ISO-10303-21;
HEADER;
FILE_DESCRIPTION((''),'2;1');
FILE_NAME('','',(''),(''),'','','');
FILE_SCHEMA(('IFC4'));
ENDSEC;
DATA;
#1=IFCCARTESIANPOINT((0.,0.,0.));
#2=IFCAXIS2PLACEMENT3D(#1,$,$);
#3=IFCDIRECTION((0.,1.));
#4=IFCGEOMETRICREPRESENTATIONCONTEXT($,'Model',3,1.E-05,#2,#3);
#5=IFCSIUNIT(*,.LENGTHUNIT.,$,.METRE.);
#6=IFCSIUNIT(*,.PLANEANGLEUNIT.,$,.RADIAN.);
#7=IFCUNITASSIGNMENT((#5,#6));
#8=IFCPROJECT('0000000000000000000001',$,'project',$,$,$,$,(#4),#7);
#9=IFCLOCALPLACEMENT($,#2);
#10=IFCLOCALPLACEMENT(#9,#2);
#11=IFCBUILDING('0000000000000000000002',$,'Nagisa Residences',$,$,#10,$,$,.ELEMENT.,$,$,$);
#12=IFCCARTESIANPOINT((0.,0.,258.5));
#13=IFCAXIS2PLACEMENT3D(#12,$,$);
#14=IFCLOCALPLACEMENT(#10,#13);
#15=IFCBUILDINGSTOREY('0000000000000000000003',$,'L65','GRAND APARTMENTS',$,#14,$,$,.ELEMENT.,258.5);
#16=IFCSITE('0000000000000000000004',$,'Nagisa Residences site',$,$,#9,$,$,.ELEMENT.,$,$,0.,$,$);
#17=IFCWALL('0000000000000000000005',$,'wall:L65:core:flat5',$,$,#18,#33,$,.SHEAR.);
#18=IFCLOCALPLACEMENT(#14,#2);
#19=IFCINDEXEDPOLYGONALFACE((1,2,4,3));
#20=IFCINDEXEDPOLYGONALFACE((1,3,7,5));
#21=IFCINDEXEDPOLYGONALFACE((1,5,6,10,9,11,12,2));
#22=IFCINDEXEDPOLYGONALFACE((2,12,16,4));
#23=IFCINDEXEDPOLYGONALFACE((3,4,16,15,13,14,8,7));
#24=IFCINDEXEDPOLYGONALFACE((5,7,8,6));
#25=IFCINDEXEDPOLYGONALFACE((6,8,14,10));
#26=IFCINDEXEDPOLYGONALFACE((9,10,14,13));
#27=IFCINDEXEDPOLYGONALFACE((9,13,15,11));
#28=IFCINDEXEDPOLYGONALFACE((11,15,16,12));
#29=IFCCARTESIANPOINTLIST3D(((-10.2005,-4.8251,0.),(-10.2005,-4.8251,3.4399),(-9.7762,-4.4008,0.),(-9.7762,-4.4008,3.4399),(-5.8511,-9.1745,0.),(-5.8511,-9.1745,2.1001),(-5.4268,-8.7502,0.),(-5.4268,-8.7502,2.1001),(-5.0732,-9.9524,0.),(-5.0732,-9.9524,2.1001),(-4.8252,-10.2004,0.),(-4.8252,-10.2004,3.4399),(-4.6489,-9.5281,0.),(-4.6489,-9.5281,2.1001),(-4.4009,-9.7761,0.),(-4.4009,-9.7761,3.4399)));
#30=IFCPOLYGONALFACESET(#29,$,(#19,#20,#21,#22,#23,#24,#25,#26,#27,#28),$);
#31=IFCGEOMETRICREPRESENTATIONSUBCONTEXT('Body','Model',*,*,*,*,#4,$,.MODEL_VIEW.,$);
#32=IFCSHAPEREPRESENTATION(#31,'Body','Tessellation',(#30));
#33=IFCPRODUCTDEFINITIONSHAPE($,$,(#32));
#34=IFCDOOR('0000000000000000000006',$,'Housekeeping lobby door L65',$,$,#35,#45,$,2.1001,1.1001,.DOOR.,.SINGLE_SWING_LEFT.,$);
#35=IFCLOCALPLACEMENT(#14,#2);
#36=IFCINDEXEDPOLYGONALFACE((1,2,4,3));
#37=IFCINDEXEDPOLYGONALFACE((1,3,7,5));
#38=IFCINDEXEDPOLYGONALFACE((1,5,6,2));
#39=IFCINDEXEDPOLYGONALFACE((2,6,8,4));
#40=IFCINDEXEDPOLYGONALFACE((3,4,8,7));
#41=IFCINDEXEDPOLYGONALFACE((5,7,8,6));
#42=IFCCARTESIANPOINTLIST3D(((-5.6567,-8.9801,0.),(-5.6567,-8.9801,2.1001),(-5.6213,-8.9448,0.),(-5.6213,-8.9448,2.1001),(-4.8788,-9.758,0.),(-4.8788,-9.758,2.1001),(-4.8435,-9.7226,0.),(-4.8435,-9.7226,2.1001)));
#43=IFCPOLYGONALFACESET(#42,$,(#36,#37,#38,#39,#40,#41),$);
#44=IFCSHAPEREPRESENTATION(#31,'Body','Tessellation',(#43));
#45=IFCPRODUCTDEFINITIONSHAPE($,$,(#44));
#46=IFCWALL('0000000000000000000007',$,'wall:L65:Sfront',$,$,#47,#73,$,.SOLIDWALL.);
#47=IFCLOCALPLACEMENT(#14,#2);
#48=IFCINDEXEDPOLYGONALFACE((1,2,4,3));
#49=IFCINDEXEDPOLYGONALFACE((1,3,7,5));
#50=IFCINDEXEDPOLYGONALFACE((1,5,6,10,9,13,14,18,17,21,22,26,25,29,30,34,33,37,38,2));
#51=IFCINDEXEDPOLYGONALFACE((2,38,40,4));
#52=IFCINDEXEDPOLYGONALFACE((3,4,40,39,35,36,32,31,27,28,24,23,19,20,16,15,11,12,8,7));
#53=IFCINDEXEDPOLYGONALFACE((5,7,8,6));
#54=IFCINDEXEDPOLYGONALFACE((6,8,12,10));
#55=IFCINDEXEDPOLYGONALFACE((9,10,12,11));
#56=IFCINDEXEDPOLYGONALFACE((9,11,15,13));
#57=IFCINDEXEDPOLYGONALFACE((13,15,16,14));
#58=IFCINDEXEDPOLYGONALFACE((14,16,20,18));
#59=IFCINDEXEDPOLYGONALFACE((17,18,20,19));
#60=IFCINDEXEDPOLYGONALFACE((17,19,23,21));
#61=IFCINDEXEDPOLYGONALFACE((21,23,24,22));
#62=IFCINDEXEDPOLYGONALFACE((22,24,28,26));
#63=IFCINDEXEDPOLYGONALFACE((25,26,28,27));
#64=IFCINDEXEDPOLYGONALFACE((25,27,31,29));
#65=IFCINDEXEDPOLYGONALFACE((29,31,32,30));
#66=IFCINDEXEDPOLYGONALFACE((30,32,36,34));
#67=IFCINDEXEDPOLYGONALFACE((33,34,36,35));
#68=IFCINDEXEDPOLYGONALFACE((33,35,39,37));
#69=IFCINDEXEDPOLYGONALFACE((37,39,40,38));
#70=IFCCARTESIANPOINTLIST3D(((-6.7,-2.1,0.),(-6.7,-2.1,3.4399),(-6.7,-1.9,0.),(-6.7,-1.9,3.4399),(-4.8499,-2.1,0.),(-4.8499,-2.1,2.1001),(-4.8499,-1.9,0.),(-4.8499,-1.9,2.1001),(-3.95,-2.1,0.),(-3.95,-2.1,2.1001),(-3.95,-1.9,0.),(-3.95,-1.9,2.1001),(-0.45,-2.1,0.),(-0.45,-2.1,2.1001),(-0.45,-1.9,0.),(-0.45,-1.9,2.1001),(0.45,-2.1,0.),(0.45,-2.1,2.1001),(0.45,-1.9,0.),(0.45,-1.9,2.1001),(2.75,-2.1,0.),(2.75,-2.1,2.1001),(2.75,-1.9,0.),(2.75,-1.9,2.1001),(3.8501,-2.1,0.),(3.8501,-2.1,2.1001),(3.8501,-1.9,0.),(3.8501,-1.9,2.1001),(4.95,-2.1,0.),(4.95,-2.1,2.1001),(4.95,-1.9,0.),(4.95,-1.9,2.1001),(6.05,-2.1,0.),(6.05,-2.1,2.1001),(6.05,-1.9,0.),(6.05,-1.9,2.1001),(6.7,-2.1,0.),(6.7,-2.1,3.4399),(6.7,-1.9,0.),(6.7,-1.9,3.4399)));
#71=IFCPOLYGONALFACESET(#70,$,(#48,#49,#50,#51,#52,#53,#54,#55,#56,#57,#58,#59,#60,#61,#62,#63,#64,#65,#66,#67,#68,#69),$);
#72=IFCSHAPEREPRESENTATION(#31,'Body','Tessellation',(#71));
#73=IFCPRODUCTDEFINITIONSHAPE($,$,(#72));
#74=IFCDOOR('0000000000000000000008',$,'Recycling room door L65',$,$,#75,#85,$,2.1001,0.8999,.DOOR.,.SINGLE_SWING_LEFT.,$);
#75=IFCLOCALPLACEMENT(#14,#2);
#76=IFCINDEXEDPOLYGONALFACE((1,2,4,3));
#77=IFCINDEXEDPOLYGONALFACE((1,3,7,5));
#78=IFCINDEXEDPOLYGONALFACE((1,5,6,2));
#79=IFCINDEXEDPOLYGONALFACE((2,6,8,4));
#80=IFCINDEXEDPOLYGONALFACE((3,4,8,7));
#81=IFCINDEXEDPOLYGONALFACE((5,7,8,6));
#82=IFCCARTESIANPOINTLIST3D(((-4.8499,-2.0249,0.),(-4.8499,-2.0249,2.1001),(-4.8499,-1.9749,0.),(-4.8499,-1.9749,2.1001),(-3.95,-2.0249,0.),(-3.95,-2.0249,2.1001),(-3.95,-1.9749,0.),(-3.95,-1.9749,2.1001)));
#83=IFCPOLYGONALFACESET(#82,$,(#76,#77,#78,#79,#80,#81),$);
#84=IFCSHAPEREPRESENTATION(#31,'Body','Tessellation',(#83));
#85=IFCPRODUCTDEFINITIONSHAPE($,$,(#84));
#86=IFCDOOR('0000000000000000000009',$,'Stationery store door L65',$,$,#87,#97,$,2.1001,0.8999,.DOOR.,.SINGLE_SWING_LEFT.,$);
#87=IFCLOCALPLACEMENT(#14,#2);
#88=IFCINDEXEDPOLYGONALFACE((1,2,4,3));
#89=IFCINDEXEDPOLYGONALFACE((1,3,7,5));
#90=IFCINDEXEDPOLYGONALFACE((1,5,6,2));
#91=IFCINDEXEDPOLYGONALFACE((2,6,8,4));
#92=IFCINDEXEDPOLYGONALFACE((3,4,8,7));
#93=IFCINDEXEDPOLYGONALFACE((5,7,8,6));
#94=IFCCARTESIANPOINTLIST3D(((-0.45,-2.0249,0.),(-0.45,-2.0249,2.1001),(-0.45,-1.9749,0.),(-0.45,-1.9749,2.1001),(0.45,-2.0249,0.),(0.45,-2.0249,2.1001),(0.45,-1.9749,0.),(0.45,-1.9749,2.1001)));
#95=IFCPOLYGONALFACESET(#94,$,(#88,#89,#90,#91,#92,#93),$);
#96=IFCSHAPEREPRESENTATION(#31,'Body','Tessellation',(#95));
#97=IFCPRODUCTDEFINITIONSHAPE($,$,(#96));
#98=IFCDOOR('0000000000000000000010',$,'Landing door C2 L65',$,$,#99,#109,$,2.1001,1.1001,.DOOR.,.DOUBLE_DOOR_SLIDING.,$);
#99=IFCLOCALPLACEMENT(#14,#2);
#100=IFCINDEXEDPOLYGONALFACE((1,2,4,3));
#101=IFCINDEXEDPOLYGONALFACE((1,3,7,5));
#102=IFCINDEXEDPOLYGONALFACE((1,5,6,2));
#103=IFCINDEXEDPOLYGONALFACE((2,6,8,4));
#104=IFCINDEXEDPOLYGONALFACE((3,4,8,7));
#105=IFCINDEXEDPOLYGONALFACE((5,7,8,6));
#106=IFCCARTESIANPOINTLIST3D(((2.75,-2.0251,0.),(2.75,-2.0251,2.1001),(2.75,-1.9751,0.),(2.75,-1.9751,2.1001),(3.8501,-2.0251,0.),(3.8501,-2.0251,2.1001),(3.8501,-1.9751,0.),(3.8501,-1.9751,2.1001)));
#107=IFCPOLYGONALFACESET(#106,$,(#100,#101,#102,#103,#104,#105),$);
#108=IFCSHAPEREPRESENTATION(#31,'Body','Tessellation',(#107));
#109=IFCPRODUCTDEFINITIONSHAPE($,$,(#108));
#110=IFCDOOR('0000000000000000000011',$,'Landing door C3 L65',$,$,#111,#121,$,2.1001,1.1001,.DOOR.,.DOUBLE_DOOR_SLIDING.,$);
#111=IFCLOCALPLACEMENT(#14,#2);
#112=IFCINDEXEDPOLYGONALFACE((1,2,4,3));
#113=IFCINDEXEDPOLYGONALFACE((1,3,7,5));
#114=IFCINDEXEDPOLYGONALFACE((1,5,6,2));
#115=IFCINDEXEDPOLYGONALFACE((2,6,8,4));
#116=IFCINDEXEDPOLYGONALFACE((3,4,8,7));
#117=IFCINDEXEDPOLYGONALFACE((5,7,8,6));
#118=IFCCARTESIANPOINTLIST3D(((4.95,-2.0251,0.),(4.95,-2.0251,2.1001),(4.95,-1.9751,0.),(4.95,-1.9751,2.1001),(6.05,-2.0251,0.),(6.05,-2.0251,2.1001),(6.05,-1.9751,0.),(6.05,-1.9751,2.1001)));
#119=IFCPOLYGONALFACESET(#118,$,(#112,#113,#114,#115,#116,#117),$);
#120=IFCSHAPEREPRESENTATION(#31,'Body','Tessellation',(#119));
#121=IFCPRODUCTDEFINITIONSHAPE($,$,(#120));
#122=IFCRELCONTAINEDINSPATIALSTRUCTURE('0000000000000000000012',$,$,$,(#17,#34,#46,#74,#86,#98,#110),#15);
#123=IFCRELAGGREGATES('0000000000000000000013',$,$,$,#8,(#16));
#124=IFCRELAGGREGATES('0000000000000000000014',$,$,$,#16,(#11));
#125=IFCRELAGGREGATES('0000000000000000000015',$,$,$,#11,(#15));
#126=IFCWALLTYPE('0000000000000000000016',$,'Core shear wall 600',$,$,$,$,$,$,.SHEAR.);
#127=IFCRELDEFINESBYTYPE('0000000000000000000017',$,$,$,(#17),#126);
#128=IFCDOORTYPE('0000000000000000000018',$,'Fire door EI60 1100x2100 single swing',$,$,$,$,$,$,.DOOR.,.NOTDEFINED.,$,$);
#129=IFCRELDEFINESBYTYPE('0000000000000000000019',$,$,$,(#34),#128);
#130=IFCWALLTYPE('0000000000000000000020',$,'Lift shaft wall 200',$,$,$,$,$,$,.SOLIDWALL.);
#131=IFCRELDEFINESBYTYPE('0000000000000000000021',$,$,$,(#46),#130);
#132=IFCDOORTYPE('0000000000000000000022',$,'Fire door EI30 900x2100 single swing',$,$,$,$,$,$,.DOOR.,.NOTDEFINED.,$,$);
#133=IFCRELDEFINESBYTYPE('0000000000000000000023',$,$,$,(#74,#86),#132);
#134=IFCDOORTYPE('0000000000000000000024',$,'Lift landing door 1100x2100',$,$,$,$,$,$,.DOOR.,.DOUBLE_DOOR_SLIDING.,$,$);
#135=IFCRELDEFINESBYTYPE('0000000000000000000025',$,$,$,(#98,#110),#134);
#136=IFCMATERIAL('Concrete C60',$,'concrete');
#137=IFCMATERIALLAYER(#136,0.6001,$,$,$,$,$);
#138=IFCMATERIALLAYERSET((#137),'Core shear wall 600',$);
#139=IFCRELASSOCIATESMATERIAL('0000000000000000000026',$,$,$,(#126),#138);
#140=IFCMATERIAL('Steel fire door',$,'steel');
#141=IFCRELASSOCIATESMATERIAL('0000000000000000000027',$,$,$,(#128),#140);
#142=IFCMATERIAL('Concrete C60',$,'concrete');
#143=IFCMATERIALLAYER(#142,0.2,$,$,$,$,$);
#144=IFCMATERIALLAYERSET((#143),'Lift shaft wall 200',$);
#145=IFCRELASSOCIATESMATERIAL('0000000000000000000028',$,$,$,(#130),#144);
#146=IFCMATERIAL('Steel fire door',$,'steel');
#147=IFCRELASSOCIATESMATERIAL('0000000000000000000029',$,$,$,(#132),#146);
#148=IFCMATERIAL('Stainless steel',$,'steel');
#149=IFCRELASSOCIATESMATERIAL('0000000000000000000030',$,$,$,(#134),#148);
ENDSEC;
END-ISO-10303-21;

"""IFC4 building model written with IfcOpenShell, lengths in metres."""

from ifc_helpers import new_model, si_unit, direction, frame, frame_2d, origin, place, context, subcontext, project, spatial, rectangle, extrude, material, layer, layer_set, type_object, element, fill, save


model = new_model("IFC4")

# Units and contexts
model_context = context("Model", 3, precision=1e-05, world=origin(), true_north=direction((0.0, 1.0)))
body_context = subcontext(model_context, "Body", "Model", "MODEL_VIEW")
ifc_project = project(units=[si_unit("LENGTHUNIT", "METRE"), si_unit("PLANEANGLEUNIT", "RADIAN")], contexts=[model_context])

# Site, building, storey
site_placement = place(None, origin())
site = spatial("IfcSite", under=ifc_project, at=site_placement, Name="Nagisa Residences site", CompositionType="ELEMENT", RefElevation=0.0)
building_placement = place(site_placement, origin())
building = spatial("IfcBuilding", under=site, at=building_placement, Name="Nagisa Residences", CompositionType="ELEMENT")
storey_placement = place(building_placement, frame((0.0, 0.0, 258.5)))
storey = spatial("IfcBuildingStorey", under=building, at=storey_placement, Name="L65", Description="GRAND APARTMENTS", CompositionType="ELEMENT", Elevation=258.5)

# Wall, opening, door
ifc_material_1 = material(Name="Concrete C60", Category="concrete")
ifc_layer_1 = layer(ifc_material_1, 0.6001)
ifc_layer_set_1 = layer_set([ifc_layer_1], Name="Core shear wall 600")
wall_type_1 = type_object("IfcWallType", Name="Core shear wall 600", PredefinedType="SHEAR", material=ifc_layer_set_1)
wall_1_placement = place(storey_placement, frame((-9.9883, -4.613, 0.0), z_axis=(0.0, 0.0, 1.0), x_axis=(0.707107, -0.707107, 0.0)))
wall_1 = element("IfcWall", 1, at=wall_1_placement, inside=storey, type_object=wall_type_1, Name="wall:L65:core:flat5", PredefinedType="SHEAR", context=body_context, shape_type="SweptSolid", body=[
    extrude(rectangle(XDim=7.6018, YDim=0.6001, at=frame_2d((3.8008, 0.0))), origin(), (0.0, 0.0, 1.0), 3.4399),
])
opening_1_placement = place(wall_1_placement, frame((6.1509, 0.0, 0.0)))
opening_1 = element("IfcOpeningElement", 2, at=opening_1_placement, cuts=wall_1, PredefinedType="OPENING", context=body_context, shape_type="SweptSolid", body=[
    extrude(rectangle(XDim=1.1001, YDim=2.1001, at=frame_2d((0.55, 1.05))), frame((0.0, 0.3101, 0.0), z_axis=(0.0, -1.0, 0.0), x_axis=(1.0, 0.0, 0.0)), (0.0, 0.0, 1.0), 0.6201),
])
ifc_material_2 = material(Name="Steel fire door", Category="steel")
door_type_1 = type_object("IfcDoorType", Name="Fire door EI60 1100x2100 single swing", OperationType="NOTDEFINED", PredefinedType="DOOR", material=ifc_material_2)
door_1_placement = place(opening_1_placement, origin())
door_1 = element("IfcDoor", 3, at=door_1_placement, inside=storey, type_object=door_type_1, Name="Housekeeping lobby door L65", OperationType="SINGLE_SWING_LEFT", OverallHeight=2.1001, OverallWidth=1.1001, PredefinedType="DOOR", context=body_context, shape_type="SweptSolid", body=[
    extrude(rectangle(XDim=1.1001, YDim=2.1001, at=frame_2d((0.55, 1.05))), frame((0.0, 0.0249, 0.0), z_axis=(0.0, -1.0, 0.0), x_axis=(1.0, 0.0, 0.0)), (0.0, 0.0, 1.0), 0.05),
])
fill(opening_1, door_1)

# Wall, openings, doors
ifc_material_3 = material(Name="Concrete C60", Category="concrete")
ifc_layer_2 = layer(ifc_material_3, 0.2)
ifc_layer_set_2 = layer_set([ifc_layer_2], Name="Lift shaft wall 200")
wall_type_2 = type_object("IfcWallType", Name="Lift shaft wall 200", PredefinedType="SOLIDWALL", material=ifc_layer_set_2)
wall_2_placement = place(storey_placement, frame((-6.7, -2.0, 0.0), z_axis=(0.0, 0.0, 1.0), x_axis=(1.0, 0.0, 0.0)))
wall_2 = element("IfcWall", 4, at=wall_2_placement, inside=storey, type_object=wall_type_2, Name="wall:L65:Sfront", PredefinedType="SOLIDWALL", context=body_context, shape_type="SweptSolid", body=[
    extrude(rectangle(XDim=13.3999, YDim=0.2, at=frame_2d((6.7, 0.0))), origin(), (0.0, 0.0, 1.0), 3.4399),
])
opening_2_placement = place(wall_2_placement, frame((9.45, 0.0, 0.0)))
opening_2 = element("IfcOpeningElement", 5, at=opening_2_placement, cuts=wall_2, PredefinedType="OPENING", context=body_context, shape_type="SweptSolid", body=[
    extrude(rectangle(XDim=1.1001, YDim=2.1001, at=frame_2d((0.55, 1.05))), frame((0.0, 0.1099, 0.0), z_axis=(0.0, -1.0, 0.0), x_axis=(1.0, 0.0, 0.0)), (0.0, 0.0, 1.0), 0.22),
])
opening_3_placement = place(wall_2_placement, frame((11.6499, 0.0, 0.0)))
opening_3 = element("IfcOpeningElement", 6, at=opening_3_placement, cuts=wall_2, PredefinedType="OPENING", context=body_context, shape_type="SweptSolid", body=[
    extrude(rectangle(XDim=1.1001, YDim=2.1001, at=frame_2d((0.55, 1.05))), frame((0.0, 0.1099, 0.0), z_axis=(0.0, -1.0, 0.0), x_axis=(1.0, 0.0, 0.0)), (0.0, 0.0, 1.0), 0.22),
])
opening_4_placement = place(wall_2_placement, frame((1.8501, 0.0, 0.0)))
opening_4 = element("IfcOpeningElement", 7, at=opening_4_placement, cuts=wall_2, PredefinedType="OPENING", context=body_context, shape_type="SweptSolid", body=[
    extrude(rectangle(XDim=0.8999, YDim=2.1001, at=frame_2d((0.45, 1.05))), frame((0.0, 0.1099, 0.0), z_axis=(0.0, -1.0, 0.0), x_axis=(1.0, 0.0, 0.0)), (0.0, 0.0, 1.0), 0.22),
])
opening_5_placement = place(wall_2_placement, frame((6.25, 0.0, 0.0)))
opening_5 = element("IfcOpeningElement", 8, at=opening_5_placement, cuts=wall_2, PredefinedType="OPENING", context=body_context, shape_type="SweptSolid", body=[
    extrude(rectangle(XDim=0.8999, YDim=2.1001, at=frame_2d((0.45, 1.05))), frame((0.0, 0.1099, 0.0), z_axis=(0.0, -1.0, 0.0), x_axis=(1.0, 0.0, 0.0)), (0.0, 0.0, 1.0), 0.22),
])
ifc_material_4 = material(Name="Steel fire door", Category="steel")
door_type_2 = type_object("IfcDoorType", Name="Fire door EI30 900x2100 single swing", OperationType="NOTDEFINED", PredefinedType="DOOR", material=ifc_material_4)
door_2_placement = place(opening_4_placement, frame((0.8999, 0.0, 0.0), x_axis=(-1.0, 0.0, 0.0)))
door_2 = element("IfcDoor", 9, at=door_2_placement, inside=storey, type_object=door_type_2, Name="Recycling room door L65", OperationType="SINGLE_SWING_LEFT", OverallHeight=2.1001, OverallWidth=0.8999, PredefinedType="DOOR", context=body_context, shape_type="SweptSolid", body=[
    extrude(rectangle(XDim=0.8999, YDim=2.1001, at=frame_2d((0.45, 1.05))), frame((0.0, 0.0249, 0.0), z_axis=(0.0, -1.0, 0.0), x_axis=(1.0, 0.0, 0.0)), (0.0, 0.0, 1.0), 0.05),
])
fill(opening_4, door_2)
door_3_placement = place(opening_5_placement, frame((0.8999, 0.0, 0.0), x_axis=(-1.0, 0.0, 0.0)))
door_3 = element("IfcDoor", 10, at=door_3_placement, inside=storey, type_object=door_type_2, Name="Stationery store door L65", OperationType="SINGLE_SWING_LEFT", OverallHeight=2.1001, OverallWidth=0.8999, PredefinedType="DOOR", context=body_context, shape_type="SweptSolid", body=[
    extrude(rectangle(XDim=0.8999, YDim=2.1001, at=frame_2d((0.45, 1.05))), frame((0.0, 0.0249, 0.0), z_axis=(0.0, -1.0, 0.0), x_axis=(1.0, 0.0, 0.0)), (0.0, 0.0, 1.0), 0.05),
])
fill(opening_5, door_3)
ifc_material_5 = material(Name="Stainless steel", Category="steel")
door_type_3 = type_object("IfcDoorType", Name="Lift landing door 1100x2100", OperationType="DOUBLE_DOOR_SLIDING", PredefinedType="DOOR", material=ifc_material_5)
door_4_placement = place(opening_2_placement, origin())
door_4 = element("IfcDoor", 11, at=door_4_placement, inside=storey, type_object=door_type_3, Name="Landing door C2 L65", OperationType="DOUBLE_DOOR_SLIDING", OverallHeight=2.1001, OverallWidth=1.1001, PredefinedType="DOOR", context=body_context, shape_type="SweptSolid", body=[
    extrude(rectangle(XDim=1.1001, YDim=2.1001, at=frame_2d((0.55, 1.05))), frame((0.0, 0.0249, 0.0), z_axis=(0.0, -1.0, 0.0), x_axis=(1.0, 0.0, 0.0)), (0.0, 0.0, 1.0), 0.05),
])
fill(opening_2, door_4)
door_5_placement = place(opening_3_placement, origin())
door_5 = element("IfcDoor", 12, at=door_5_placement, inside=storey, type_object=door_type_3, Name="Landing door C3 L65", OperationType="DOUBLE_DOOR_SLIDING", OverallHeight=2.1001, OverallWidth=1.1001, PredefinedType="DOOR", context=body_context, shape_type="SweptSolid", body=[
    extrude(rectangle(XDim=1.1001, YDim=2.1001, at=frame_2d((0.55, 1.05))), frame((0.0, 0.0249, 0.0), z_axis=(0.0, -1.0, 0.0), x_axis=(1.0, 0.0, 0.0)), (0.0, 0.0, 1.0), 0.05),
])
fill(opening_3, door_5)

save(model, "model.ifc")
